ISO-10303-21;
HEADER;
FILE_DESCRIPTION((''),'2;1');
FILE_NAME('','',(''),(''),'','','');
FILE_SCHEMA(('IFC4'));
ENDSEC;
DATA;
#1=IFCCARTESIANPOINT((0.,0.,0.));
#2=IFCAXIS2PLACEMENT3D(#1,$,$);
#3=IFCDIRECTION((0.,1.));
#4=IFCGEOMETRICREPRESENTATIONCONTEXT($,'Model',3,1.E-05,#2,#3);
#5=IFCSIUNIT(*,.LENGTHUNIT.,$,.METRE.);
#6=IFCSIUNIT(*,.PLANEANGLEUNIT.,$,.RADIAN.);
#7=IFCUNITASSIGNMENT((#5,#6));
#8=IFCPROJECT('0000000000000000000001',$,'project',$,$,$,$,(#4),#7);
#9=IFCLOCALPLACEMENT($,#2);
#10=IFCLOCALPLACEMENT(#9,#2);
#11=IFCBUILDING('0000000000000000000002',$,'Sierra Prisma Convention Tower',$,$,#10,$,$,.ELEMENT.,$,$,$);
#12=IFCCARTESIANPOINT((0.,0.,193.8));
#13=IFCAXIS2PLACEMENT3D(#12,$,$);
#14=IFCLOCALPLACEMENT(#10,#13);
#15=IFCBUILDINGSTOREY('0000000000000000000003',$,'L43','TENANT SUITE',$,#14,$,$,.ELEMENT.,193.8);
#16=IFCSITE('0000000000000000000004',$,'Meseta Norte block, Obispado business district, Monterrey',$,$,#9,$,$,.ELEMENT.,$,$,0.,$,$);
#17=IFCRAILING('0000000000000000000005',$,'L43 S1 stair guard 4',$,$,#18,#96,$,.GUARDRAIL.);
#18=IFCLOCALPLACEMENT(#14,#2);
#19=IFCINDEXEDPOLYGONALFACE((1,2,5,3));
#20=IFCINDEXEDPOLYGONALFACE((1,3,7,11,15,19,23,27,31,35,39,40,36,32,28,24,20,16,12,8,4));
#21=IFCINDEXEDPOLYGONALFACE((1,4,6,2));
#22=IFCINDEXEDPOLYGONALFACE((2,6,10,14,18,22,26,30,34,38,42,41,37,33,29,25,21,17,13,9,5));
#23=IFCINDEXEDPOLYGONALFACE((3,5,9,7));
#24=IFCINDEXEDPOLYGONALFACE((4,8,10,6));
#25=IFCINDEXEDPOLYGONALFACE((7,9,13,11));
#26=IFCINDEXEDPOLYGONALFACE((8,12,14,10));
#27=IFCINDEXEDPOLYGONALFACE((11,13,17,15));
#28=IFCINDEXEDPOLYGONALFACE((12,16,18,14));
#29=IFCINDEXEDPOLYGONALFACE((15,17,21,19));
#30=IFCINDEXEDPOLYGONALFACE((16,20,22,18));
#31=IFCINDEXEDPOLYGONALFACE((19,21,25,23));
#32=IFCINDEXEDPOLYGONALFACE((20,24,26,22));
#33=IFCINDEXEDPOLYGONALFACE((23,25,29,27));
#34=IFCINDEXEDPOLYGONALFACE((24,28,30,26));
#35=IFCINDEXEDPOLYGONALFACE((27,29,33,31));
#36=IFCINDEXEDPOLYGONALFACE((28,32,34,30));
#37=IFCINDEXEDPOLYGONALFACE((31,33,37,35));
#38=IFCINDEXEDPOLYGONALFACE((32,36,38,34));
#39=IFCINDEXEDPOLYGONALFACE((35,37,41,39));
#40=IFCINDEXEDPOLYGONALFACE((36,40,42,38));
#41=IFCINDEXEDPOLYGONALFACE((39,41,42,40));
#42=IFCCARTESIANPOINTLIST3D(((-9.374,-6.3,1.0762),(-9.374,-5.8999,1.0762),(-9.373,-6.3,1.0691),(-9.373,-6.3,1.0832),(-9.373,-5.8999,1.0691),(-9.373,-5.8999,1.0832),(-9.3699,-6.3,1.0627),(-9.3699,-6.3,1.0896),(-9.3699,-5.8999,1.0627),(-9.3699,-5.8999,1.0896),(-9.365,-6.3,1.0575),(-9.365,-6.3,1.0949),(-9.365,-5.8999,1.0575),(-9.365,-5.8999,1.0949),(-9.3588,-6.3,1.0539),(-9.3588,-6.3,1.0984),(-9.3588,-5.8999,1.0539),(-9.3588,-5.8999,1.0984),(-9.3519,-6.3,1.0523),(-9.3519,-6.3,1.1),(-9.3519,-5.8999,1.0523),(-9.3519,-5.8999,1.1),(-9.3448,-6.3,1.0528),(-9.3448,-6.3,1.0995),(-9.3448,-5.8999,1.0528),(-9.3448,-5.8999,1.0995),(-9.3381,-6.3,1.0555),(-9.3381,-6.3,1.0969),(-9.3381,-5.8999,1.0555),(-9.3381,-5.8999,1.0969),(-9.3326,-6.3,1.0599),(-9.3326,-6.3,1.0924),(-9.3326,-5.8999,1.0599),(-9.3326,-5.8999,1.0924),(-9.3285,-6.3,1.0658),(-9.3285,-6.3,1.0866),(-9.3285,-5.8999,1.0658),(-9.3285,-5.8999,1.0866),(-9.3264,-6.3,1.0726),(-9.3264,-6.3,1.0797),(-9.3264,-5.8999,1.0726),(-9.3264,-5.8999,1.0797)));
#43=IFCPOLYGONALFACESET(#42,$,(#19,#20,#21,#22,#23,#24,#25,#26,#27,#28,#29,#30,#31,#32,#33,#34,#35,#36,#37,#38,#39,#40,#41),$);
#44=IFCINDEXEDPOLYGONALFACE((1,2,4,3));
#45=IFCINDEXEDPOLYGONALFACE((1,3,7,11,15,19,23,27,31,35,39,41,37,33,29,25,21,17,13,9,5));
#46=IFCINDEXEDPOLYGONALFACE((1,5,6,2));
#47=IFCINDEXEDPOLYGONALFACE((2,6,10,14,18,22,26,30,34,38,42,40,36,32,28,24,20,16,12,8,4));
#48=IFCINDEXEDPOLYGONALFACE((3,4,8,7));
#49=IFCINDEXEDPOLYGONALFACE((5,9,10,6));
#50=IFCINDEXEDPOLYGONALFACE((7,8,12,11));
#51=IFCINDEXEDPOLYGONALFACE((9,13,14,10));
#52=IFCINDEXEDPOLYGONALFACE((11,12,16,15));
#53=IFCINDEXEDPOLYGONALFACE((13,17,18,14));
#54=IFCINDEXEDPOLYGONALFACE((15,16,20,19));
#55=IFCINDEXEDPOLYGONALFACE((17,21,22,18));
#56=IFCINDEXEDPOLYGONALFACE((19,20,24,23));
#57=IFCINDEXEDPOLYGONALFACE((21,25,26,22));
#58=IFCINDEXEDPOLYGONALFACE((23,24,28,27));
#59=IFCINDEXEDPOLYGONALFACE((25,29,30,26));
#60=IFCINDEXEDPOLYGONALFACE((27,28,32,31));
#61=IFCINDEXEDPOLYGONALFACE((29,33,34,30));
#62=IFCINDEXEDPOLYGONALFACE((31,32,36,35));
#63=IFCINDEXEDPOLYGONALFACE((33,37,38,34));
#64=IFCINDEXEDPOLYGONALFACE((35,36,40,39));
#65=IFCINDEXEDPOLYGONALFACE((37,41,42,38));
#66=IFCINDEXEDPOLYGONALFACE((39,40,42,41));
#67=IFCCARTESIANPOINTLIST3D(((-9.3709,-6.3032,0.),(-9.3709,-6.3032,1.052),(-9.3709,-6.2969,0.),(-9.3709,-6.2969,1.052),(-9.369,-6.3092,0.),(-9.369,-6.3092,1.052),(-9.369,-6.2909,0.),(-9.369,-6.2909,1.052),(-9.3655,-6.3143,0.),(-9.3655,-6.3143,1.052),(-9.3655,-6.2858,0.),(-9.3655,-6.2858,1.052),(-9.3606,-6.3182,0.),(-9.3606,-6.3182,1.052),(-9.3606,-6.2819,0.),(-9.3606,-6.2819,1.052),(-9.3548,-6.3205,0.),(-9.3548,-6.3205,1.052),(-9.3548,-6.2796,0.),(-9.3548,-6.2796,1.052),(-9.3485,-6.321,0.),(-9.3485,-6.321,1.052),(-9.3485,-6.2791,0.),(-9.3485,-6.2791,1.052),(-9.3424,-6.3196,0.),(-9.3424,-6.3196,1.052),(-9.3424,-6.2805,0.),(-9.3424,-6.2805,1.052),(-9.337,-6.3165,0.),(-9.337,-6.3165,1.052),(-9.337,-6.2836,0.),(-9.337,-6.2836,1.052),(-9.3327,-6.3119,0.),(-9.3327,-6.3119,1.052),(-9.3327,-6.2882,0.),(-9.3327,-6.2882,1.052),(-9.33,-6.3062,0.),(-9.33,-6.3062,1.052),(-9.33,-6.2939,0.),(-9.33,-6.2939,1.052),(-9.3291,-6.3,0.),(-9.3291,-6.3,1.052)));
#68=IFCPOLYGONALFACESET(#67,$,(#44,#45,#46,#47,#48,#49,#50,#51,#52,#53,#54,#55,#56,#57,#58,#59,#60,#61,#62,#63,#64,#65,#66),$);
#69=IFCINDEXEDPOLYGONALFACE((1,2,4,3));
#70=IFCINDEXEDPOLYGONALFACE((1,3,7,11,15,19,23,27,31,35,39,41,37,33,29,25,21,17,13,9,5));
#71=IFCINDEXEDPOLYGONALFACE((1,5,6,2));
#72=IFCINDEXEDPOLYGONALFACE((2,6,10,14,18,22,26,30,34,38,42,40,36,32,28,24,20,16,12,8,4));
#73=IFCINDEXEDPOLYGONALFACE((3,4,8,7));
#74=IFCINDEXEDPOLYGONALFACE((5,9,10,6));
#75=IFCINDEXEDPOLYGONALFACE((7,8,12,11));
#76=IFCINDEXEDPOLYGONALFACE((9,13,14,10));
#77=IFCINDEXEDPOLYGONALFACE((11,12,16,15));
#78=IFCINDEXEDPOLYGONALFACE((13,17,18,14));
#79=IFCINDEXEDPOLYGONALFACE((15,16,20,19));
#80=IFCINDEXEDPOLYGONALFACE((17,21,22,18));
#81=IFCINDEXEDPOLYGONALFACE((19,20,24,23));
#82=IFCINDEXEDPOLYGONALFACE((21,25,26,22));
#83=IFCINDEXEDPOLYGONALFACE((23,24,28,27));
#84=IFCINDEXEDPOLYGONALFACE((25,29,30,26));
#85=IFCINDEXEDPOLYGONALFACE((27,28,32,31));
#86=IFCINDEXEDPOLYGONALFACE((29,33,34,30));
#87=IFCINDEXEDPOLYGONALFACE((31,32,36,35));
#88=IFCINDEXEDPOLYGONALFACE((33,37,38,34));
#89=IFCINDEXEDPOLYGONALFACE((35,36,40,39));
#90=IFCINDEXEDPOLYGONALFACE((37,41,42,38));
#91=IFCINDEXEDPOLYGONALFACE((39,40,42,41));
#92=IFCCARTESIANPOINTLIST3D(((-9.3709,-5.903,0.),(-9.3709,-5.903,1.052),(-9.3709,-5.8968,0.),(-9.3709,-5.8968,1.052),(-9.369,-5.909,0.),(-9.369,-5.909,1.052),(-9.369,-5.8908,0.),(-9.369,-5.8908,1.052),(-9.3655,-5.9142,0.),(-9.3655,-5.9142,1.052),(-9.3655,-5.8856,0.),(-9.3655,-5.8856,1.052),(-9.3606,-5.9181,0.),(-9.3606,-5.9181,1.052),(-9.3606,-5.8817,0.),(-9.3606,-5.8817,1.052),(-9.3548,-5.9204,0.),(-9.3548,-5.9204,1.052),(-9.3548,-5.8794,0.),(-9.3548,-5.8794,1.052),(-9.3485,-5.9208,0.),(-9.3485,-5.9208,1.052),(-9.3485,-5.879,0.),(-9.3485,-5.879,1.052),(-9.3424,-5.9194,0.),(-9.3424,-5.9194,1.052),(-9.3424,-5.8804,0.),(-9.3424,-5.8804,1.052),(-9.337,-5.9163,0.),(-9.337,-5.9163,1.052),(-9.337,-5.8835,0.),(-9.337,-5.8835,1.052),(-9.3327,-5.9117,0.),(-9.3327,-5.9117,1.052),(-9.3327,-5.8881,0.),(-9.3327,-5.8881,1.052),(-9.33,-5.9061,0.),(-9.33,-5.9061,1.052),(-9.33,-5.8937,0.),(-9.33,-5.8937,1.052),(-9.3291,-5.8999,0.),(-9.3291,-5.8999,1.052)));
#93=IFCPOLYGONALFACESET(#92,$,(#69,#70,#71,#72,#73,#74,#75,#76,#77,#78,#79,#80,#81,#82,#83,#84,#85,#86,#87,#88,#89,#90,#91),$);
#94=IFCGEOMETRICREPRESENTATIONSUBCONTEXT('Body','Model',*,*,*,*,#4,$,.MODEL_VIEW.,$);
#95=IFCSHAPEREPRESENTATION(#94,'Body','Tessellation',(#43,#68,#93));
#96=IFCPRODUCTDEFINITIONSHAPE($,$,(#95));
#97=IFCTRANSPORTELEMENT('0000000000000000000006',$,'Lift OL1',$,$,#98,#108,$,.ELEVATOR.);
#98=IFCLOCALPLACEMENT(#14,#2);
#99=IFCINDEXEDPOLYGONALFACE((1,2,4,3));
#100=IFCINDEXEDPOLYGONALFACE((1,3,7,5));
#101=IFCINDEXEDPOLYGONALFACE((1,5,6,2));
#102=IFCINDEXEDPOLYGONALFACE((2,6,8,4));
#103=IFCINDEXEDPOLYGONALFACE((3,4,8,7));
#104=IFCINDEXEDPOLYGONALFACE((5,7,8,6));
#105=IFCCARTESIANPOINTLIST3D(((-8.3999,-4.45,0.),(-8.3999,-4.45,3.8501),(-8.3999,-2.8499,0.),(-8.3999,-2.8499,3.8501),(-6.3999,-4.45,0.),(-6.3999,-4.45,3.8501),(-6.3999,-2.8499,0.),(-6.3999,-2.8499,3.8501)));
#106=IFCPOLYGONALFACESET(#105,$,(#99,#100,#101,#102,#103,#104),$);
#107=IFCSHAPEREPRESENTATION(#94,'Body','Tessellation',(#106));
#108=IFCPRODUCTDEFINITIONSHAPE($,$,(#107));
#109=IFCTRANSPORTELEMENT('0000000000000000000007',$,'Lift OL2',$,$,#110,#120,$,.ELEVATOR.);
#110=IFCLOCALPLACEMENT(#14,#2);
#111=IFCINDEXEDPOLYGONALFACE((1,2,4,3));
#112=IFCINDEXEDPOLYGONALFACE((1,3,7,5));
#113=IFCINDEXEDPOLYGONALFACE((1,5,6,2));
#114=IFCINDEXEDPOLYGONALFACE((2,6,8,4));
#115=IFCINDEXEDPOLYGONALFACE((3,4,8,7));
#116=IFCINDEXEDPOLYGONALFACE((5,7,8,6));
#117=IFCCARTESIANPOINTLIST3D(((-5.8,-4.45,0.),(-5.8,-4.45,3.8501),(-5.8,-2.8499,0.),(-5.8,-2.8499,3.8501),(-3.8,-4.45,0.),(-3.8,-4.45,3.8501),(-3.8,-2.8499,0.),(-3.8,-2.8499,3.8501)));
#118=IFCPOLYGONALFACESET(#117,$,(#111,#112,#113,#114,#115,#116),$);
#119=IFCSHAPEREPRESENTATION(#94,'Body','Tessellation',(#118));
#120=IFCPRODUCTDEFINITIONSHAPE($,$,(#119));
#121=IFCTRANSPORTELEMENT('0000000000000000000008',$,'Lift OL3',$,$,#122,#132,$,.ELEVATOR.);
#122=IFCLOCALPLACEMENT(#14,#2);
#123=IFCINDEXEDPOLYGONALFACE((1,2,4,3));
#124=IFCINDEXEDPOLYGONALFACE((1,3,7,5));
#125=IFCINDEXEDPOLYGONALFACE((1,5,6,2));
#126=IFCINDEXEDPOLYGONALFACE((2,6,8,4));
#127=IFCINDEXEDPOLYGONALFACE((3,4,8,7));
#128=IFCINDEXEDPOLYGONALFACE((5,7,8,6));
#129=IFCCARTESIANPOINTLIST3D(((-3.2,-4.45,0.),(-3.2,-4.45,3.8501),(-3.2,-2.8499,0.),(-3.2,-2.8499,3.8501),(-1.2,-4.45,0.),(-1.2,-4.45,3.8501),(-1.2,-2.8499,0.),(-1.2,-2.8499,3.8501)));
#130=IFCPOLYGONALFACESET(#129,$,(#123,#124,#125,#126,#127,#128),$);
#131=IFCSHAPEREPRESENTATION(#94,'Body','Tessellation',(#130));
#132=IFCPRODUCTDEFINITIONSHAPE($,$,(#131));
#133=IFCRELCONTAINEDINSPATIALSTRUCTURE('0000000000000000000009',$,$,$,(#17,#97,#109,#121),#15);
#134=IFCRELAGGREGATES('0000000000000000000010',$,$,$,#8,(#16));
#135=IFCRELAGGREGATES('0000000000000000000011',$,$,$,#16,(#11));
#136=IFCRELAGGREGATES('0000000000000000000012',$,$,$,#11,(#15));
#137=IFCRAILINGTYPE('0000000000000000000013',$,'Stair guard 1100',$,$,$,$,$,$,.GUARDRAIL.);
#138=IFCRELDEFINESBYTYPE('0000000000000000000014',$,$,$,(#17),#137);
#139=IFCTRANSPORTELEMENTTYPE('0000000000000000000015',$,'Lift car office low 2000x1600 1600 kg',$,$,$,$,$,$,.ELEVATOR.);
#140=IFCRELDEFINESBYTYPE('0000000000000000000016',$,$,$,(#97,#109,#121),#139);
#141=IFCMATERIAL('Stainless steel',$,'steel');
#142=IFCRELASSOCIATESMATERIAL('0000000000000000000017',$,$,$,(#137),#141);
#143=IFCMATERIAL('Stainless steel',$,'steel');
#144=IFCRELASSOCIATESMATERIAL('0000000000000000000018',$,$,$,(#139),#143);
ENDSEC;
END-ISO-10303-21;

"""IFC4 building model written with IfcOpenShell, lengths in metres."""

from ifc_helpers import new_model, si_unit, direction, frame, origin, origin_2d, place, context, subcontext, project, spatial, rectangle, circle, extrude, material, type_object, element, save


model = new_model("IFC4")

# Units and contexts
model_context = context("Model", 3, precision=1e-05, world=origin(), true_north=direction((0.0, 1.0)))
body_context = subcontext(model_context, "Body", "Model", "MODEL_VIEW")
ifc_project = project(units=[si_unit("LENGTHUNIT", "METRE"), si_unit("PLANEANGLEUNIT", "RADIAN")], contexts=[model_context])

# Site, building, storey
site_placement = place(None, origin())
site = spatial("IfcSite", under=ifc_project, at=site_placement, Name="Meseta Norte block, Obispado business district, Monterrey", CompositionType="ELEMENT", RefElevation=0.0)
building_placement = place(site_placement, origin())
building = spatial("IfcBuilding", under=site, at=building_placement, Name="Sierra Prisma Convention Tower", CompositionType="ELEMENT")
storey_placement = place(building_placement, frame((0.0, 0.0, 193.8)))
storey = spatial("IfcBuildingStorey", under=building, at=storey_placement, Name="L43", Description="TENANT SUITE", CompositionType="ELEMENT", Elevation=193.8)

# Railing
ifc_material_1 = material(Name="Stainless steel", Category="steel")
railing_type_1 = type_object("IfcRailingType", Name="Stair guard 1100", PredefinedType="GUARDRAIL", material=ifc_material_1)
railing_1_placement = place(storey_placement, frame((-9.3501, -6.3, 0.0)))
element("IfcRailing", 1, at=railing_1_placement, inside=storey, type_object=railing_type_1, Name="L43 S1 stair guard 4", PredefinedType="GUARDRAIL", context=body_context, shape_type="SweptSolid", body=[
    extrude(circle(Radius=0.0239, at=origin_2d()), frame((0.0, 0.0, 1.0762), z_axis=(0.0, 1.0, 0.0), x_axis=(-1.0, 0.0, 0.0)), (0.0, 0.0, 1.0), 0.4001),
    extrude(circle(Radius=0.021, at=origin_2d()), origin(), (0.0, 0.0, 1.0), 1.052),
    extrude(circle(Radius=0.021, at=origin_2d()), frame((0.0, 0.4001, 0.0)), (0.0, 0.0, 1.0), 1.052),
])

# Transport elements
ifc_material_2 = material(Name="Stainless steel", Category="steel")
transport_element_type = type_object("IfcTransportElementType", Name="Lift car office low 2000x1600 1600 kg", PredefinedType="ELEVATOR", material=ifc_material_2)
for number, where, z_axis, x_axis, name in (
    (2, (-7.3999, -3.6499, 0.0), (0.0, 0.0, 1.0), (1.0, 0.0, 0.0), "Lift OL1"),
    (3, (-4.8, -3.6499, 0.0), (0.0, 0.0, 1.0), (1.0, 0.0, 0.0), "Lift OL2"),
    (4, (-2.2, -3.6499, 0.0), (0.0, 0.0, 1.0), (1.0, 0.0, 0.0), "Lift OL3"),
):
    element("IfcTransportElement", number, at=place(storey_placement, frame(where, z_axis=z_axis, x_axis=x_axis)), inside=storey, type_object=transport_element_type, Name=name, PredefinedType="ELEVATOR", context=body_context, shape_type="SweptSolid", body=[
        extrude(rectangle(XDim=2.0, YDim=1.6001, at=origin_2d()), origin(), (0.0, 0.0, 1.0), 3.8501),
    ])

save(model, "model.ifc")
